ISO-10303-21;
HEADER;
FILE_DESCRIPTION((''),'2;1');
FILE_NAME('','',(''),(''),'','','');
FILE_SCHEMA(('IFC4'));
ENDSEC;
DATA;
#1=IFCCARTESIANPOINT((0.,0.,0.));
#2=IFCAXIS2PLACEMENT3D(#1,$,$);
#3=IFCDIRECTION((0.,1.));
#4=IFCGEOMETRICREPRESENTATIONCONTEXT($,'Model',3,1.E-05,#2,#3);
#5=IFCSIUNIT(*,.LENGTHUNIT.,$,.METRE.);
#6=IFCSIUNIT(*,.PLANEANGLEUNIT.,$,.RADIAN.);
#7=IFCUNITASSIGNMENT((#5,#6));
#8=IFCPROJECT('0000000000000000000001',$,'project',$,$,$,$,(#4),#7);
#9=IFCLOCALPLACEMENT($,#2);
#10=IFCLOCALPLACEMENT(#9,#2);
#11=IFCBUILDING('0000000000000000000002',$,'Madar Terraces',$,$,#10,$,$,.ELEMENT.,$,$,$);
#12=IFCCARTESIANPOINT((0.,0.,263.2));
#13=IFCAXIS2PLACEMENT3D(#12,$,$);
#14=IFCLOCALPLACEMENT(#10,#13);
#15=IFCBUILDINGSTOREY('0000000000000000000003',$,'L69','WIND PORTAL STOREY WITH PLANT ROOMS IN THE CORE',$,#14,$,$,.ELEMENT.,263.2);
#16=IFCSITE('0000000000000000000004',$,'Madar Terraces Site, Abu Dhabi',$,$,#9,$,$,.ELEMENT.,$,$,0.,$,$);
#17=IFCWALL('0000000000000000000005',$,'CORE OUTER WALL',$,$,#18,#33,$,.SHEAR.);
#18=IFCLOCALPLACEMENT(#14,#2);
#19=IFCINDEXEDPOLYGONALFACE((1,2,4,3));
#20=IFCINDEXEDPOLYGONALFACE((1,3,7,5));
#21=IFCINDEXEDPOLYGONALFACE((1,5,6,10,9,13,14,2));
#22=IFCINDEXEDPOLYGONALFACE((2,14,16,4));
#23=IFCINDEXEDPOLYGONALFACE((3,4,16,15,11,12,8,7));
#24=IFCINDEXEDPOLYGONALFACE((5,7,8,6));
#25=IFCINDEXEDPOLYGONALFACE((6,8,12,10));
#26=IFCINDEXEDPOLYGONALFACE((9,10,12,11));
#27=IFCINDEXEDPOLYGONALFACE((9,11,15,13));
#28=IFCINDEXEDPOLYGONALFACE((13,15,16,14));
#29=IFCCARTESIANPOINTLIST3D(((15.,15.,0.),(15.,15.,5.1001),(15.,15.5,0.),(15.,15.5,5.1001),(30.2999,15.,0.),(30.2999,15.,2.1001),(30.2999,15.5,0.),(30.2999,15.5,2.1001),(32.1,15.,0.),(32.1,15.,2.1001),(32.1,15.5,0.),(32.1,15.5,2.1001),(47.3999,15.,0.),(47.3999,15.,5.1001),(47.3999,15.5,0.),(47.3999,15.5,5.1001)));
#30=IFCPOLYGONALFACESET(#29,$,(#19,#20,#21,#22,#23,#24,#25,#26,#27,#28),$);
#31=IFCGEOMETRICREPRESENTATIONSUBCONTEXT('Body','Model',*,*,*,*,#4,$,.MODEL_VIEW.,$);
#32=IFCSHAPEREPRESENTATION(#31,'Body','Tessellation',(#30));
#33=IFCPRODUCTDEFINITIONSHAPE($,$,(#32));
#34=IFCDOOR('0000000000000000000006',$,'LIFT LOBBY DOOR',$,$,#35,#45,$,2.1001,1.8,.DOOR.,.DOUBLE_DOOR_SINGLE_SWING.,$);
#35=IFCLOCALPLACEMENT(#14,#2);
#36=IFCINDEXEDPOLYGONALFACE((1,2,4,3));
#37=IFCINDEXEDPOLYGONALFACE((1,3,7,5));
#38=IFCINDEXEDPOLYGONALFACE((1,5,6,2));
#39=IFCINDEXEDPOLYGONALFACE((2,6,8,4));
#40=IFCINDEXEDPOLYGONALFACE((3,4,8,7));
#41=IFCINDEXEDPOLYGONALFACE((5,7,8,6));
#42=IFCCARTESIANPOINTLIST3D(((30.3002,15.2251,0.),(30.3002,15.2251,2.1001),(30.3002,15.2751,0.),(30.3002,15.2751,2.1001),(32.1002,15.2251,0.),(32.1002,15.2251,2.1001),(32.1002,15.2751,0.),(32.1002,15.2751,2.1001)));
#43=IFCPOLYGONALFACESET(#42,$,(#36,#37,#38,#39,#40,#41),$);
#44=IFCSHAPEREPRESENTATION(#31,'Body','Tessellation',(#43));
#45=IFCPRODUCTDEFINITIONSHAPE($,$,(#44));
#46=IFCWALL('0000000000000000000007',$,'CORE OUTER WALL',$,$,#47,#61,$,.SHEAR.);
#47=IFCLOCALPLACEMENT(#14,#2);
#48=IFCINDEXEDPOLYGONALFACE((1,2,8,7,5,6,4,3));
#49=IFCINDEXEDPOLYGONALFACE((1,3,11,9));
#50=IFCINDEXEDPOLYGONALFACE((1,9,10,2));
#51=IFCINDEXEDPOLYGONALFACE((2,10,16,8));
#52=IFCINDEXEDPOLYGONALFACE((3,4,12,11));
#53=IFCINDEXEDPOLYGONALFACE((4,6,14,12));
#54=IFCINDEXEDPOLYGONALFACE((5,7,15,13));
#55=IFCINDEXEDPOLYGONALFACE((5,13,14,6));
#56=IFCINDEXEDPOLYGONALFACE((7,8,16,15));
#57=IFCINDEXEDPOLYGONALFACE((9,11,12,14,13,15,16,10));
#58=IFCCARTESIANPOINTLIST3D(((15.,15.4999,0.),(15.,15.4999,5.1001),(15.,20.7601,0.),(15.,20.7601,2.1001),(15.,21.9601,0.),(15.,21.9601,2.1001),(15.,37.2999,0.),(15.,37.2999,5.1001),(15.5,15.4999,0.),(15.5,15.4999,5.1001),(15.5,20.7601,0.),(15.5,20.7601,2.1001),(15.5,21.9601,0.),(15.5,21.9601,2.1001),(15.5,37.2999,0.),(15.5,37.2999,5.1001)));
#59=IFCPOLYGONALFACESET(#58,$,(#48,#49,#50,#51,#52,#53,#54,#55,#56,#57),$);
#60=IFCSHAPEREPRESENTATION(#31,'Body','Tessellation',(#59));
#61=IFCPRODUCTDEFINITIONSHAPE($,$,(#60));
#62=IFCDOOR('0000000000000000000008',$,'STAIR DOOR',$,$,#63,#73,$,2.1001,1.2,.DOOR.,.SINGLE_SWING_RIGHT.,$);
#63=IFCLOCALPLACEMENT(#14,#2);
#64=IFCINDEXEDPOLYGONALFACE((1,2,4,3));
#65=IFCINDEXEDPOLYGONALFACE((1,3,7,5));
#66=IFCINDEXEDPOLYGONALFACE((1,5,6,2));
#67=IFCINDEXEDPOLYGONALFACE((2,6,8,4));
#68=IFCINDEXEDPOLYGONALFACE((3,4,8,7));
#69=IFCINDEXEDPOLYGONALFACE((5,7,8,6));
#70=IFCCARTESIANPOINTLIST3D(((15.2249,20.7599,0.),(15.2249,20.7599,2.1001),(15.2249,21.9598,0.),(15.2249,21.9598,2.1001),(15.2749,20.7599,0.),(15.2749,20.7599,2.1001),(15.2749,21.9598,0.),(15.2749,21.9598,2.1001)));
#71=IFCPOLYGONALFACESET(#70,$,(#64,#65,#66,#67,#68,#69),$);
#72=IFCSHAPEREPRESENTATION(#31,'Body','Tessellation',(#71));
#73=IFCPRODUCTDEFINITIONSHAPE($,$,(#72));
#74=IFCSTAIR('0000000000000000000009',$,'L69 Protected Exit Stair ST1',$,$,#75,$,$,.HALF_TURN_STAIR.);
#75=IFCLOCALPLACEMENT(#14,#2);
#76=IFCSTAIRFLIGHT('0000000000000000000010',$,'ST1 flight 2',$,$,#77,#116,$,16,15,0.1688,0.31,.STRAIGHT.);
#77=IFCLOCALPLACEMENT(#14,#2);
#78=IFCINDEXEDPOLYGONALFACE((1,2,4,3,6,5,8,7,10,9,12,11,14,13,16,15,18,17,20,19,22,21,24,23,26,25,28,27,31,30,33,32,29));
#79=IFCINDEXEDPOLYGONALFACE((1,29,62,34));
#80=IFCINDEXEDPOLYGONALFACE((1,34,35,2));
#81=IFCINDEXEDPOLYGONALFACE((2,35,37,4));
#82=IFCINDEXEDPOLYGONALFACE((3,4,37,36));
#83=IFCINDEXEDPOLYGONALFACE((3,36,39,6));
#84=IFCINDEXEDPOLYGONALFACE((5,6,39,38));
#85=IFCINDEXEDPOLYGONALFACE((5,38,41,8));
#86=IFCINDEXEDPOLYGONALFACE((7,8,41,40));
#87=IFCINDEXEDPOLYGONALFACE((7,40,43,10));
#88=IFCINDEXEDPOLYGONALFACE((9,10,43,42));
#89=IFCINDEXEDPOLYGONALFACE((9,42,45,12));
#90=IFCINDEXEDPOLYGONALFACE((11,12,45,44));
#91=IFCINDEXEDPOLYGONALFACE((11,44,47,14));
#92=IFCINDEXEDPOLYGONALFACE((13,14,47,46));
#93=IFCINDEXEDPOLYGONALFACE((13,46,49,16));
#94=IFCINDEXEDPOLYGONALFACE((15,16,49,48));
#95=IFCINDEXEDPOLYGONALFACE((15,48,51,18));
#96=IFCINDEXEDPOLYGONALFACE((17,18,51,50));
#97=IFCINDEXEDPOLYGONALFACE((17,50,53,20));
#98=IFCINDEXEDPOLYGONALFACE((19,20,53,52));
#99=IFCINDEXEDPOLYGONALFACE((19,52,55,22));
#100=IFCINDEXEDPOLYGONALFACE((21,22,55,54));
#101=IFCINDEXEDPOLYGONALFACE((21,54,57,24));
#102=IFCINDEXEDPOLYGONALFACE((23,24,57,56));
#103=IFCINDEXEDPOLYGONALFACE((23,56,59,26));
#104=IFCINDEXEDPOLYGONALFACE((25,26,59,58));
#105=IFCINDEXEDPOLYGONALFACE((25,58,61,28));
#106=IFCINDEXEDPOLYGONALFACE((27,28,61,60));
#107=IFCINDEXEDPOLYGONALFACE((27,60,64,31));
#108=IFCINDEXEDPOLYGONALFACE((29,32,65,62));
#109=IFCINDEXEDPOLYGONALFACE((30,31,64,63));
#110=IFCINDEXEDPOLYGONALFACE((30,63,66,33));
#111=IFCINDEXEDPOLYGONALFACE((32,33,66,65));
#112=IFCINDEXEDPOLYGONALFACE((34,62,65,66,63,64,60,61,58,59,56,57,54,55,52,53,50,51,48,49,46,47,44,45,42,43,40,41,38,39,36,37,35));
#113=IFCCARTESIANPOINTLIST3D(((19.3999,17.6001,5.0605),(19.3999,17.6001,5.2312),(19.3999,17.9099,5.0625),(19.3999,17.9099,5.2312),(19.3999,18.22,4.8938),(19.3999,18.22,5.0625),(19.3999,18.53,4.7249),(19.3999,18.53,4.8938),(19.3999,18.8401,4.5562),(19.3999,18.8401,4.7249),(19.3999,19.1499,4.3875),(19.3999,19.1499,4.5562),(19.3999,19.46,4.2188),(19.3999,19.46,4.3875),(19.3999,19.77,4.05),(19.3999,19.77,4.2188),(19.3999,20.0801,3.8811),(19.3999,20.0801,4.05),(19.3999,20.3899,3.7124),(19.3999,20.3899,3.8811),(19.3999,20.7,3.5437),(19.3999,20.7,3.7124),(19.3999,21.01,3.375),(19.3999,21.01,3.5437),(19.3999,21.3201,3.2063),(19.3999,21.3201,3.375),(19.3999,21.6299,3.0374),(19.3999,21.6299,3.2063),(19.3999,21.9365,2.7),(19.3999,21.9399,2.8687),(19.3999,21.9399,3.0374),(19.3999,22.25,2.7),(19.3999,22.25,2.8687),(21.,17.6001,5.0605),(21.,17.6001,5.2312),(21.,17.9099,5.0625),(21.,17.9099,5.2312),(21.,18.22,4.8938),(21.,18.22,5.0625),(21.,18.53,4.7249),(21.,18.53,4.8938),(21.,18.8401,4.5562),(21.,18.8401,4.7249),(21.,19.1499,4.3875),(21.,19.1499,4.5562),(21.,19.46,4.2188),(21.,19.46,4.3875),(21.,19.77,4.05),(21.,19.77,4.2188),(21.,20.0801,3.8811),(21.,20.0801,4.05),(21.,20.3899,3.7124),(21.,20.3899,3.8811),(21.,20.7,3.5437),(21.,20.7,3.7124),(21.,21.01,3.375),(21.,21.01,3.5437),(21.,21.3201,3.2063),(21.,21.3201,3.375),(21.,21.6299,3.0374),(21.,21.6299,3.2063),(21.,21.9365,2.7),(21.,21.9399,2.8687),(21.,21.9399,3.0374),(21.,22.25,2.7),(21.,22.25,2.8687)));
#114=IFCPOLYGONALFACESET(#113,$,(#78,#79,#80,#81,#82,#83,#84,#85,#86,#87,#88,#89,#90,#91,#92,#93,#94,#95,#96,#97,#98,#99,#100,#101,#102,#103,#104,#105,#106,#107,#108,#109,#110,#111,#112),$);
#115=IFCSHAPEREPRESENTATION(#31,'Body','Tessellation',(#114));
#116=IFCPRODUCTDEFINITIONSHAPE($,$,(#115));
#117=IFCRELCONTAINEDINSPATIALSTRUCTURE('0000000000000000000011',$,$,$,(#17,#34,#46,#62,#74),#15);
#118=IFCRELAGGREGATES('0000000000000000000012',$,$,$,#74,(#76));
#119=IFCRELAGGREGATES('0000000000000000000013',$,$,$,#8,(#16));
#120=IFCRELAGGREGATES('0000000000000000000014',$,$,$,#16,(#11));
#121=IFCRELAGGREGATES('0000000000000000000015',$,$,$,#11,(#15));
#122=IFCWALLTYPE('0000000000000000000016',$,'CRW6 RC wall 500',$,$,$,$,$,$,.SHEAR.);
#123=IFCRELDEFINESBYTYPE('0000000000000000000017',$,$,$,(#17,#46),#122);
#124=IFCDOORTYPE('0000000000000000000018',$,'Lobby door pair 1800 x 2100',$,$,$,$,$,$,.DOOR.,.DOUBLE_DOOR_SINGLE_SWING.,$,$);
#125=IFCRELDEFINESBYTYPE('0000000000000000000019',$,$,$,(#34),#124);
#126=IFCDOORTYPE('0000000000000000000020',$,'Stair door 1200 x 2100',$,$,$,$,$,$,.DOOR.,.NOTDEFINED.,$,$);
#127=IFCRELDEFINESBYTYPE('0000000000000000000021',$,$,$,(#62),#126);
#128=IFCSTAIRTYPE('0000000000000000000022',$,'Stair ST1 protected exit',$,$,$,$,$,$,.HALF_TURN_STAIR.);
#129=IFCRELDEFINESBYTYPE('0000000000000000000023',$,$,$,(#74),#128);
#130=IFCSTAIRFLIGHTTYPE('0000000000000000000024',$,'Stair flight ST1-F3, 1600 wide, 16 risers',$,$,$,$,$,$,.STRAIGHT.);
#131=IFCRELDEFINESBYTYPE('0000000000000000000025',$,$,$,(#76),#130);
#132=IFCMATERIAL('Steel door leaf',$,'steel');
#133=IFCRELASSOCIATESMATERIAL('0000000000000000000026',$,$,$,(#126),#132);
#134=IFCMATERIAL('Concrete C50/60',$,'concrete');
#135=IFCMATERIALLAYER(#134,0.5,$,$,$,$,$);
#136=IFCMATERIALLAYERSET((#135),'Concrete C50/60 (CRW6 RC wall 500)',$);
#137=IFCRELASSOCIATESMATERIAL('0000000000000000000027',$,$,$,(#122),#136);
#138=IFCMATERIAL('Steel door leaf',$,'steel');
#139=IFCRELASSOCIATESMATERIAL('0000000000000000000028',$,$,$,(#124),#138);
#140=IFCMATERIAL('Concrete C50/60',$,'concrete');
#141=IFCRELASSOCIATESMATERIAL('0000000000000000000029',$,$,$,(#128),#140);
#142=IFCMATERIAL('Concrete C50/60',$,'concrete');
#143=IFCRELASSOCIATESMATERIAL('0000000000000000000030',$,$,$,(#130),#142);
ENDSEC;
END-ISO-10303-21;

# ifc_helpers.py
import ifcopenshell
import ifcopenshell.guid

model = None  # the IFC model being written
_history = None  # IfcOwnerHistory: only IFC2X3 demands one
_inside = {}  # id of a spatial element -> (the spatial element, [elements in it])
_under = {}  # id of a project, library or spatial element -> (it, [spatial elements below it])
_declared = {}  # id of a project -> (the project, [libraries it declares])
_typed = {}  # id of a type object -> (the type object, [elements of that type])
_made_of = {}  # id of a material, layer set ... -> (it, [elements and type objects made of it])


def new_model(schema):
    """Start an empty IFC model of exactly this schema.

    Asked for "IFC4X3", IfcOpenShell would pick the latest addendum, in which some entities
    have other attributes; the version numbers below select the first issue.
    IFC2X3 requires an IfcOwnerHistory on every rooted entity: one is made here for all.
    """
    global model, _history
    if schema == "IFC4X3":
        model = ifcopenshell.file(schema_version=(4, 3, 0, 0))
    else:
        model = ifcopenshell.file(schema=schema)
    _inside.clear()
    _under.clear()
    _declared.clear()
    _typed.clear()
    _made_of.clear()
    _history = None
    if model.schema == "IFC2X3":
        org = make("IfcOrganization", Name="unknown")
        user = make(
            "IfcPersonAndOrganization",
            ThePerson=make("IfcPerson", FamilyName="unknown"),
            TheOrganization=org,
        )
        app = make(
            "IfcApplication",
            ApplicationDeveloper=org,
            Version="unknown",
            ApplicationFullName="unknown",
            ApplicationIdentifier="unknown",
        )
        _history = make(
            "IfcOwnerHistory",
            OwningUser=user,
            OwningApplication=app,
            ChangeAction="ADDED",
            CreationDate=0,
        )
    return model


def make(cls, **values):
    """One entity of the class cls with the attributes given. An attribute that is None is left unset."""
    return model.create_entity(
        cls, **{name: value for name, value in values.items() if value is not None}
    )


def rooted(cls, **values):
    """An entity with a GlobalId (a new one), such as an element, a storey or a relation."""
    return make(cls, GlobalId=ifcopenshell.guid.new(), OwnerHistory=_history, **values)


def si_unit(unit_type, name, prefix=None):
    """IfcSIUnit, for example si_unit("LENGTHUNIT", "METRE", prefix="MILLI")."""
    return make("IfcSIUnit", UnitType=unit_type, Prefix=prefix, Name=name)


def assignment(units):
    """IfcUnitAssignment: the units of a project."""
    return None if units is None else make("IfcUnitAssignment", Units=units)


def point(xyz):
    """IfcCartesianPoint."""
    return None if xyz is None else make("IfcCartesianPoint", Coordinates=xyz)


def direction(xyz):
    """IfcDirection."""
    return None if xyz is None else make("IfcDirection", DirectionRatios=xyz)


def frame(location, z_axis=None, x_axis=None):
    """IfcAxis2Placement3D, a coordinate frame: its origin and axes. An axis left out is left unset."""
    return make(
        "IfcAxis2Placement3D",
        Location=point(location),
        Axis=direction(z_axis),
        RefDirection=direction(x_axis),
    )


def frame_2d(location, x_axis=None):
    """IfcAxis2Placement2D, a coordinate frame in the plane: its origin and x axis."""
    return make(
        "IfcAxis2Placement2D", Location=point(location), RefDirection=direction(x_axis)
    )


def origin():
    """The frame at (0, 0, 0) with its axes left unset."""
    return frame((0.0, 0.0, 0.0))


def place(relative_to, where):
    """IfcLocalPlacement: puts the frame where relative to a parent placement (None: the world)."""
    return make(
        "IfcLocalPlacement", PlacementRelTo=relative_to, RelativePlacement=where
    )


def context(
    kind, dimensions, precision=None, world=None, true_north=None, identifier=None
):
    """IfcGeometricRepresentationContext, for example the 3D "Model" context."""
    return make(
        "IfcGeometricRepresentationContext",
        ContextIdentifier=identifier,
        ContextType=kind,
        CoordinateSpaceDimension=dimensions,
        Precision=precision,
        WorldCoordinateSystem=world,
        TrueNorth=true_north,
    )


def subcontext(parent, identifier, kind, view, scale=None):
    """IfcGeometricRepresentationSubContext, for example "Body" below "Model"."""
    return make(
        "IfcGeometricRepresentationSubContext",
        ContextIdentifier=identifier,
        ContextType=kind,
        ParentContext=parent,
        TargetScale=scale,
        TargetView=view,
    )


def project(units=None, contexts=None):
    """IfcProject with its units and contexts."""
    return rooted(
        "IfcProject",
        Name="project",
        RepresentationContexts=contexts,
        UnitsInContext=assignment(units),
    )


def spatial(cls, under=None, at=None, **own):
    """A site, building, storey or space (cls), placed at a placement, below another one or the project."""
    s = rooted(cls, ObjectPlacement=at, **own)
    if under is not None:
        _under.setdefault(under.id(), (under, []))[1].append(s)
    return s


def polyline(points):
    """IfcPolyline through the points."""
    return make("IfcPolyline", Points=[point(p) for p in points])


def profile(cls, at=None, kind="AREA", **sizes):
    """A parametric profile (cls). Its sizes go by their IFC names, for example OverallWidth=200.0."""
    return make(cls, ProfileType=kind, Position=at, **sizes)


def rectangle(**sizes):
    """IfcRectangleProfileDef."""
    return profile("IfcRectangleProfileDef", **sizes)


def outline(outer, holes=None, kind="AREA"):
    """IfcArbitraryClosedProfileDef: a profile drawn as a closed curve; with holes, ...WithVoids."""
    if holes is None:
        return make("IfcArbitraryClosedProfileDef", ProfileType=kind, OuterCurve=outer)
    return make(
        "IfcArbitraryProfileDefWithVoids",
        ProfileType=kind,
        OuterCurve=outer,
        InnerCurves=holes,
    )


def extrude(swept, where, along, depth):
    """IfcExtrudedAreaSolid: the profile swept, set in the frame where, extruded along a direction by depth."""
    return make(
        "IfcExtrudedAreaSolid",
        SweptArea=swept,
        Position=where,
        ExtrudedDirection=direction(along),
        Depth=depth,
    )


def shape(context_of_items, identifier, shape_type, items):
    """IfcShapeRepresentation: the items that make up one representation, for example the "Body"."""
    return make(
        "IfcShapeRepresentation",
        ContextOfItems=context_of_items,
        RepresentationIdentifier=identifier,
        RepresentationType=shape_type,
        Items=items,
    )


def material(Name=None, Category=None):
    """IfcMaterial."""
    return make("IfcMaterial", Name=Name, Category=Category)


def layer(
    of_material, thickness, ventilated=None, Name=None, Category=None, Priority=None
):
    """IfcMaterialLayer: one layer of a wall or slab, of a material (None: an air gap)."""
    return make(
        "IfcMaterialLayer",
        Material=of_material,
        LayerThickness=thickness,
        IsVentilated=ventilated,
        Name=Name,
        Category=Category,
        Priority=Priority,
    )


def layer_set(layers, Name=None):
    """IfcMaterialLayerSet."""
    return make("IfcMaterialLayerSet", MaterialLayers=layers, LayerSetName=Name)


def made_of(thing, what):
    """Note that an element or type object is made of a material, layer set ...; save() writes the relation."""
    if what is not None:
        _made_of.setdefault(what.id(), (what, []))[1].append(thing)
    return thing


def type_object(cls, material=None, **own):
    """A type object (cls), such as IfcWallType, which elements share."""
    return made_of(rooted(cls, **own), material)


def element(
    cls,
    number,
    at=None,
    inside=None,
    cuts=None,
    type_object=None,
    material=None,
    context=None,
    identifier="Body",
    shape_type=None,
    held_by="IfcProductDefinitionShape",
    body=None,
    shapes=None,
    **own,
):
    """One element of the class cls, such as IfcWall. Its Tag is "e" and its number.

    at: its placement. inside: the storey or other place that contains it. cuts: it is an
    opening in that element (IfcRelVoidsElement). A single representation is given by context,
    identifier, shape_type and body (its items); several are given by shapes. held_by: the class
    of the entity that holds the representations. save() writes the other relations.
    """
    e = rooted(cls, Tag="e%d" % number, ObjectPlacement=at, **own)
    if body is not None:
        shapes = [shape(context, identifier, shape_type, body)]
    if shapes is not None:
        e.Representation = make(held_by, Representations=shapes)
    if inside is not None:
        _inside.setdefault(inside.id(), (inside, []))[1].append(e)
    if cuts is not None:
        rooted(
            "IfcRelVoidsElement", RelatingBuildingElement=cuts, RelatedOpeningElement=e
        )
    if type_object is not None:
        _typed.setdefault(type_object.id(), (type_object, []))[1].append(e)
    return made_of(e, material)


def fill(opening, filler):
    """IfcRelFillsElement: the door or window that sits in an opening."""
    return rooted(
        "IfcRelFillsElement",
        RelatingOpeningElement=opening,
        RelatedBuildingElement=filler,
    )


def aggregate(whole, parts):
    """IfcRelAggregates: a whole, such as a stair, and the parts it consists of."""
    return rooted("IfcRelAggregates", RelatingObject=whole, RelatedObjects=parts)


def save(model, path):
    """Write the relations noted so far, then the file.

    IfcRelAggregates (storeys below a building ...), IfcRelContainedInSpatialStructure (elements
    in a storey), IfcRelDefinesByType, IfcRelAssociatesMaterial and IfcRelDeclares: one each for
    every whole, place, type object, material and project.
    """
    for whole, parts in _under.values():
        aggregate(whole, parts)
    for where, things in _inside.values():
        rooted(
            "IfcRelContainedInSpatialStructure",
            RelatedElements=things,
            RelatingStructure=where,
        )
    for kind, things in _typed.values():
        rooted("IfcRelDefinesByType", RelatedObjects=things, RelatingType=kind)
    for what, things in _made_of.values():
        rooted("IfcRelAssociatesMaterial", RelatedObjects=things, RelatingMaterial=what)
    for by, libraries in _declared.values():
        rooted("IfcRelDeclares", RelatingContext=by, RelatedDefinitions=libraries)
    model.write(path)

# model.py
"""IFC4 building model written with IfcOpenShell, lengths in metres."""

from ifc_helpers import new_model, si_unit, direction, frame, frame_2d, origin, place, context, subcontext, project, spatial, polyline, rectangle, outline, extrude, material, layer, layer_set, type_object, element, fill, aggregate, save


model = new_model("IFC4")

# Units and contexts
model_context = context("Model", 3, precision=1e-05, world=origin(), true_north=direction((0.0, 1.0)))
body_context = subcontext(model_context, "Body", "Model", "MODEL_VIEW")
ifc_project = project(units=[si_unit("LENGTHUNIT", "METRE"), si_unit("PLANEANGLEUNIT", "RADIAN")], contexts=[model_context])

# Site, building, storey
site_placement = place(None, origin())
site = spatial("IfcSite", under=ifc_project, at=site_placement, Name="Madar Terraces Site, Abu Dhabi", CompositionType="ELEMENT", RefElevation=0.0)
building_placement = place(site_placement, origin())
building = spatial("IfcBuilding", under=site, at=building_placement, Name="Madar Terraces", CompositionType="ELEMENT")
storey_placement = place(building_placement, frame((0.0, 0.0, 263.2)))
storey = spatial("IfcBuildingStorey", under=building, at=storey_placement, Name="L69", Description="WIND PORTAL STOREY WITH PLANT ROOMS IN THE CORE", CompositionType="ELEMENT", Elevation=263.2)

# Shared definitions
ifc_material_1 = material(Name="Steel door leaf", Category="steel")
door_type_1 = type_object("IfcDoorType", Name="Stair door 1200 x 2100", OperationType="NOTDEFINED", PredefinedType="DOOR", material=ifc_material_1)

# Walls, openings, doors
ifc_material_2 = material(Name="Concrete C50/60", Category="concrete")
ifc_layer_1 = layer(ifc_material_2, 0.5)
ifc_layer_set_1 = layer_set([ifc_layer_1], Name="Concrete C50/60 (CRW6 RC wall 500)")
wall_type_1 = type_object("IfcWallType", Name="CRW6 RC wall 500", PredefinedType="SHEAR", material=ifc_layer_set_1)
wall_1_placement = place(storey_placement, frame((15.0, 15.25, 0.0), z_axis=(0.0, 0.0, 1.0), x_axis=(1.0, 0.0, 0.0)))
wall_1 = element("IfcWall", 1, at=wall_1_placement, inside=storey, type_object=wall_type_1, Name="CORE OUTER WALL", PredefinedType="SHEAR", context=body_context, shape_type="SweptSolid", body=[
    extrude(rectangle(XDim=32.3999, YDim=0.5, at=frame_2d((16.2, 0.0))), origin(), (0.0, 0.0, 1.0), 5.1001),
])
opening_1_placement = place(wall_1_placement, frame((15.3, 0.0, 0.0)))
opening_1 = element("IfcOpeningElement", 2, at=opening_1_placement, cuts=wall_1, PredefinedType="OPENING", context=body_context, shape_type="SweptSolid", body=[
    extrude(rectangle(XDim=1.8, YDim=2.1001, at=frame_2d((0.8999, 1.05))), frame((0.0, 0.26, 0.0), z_axis=(0.0, -1.0, 0.0), x_axis=(1.0, 0.0, 0.0)), (0.0, 0.0, 1.0), 0.52),
])
ifc_material_3 = material(Name="Steel door leaf", Category="steel")
door_type_2 = type_object("IfcDoorType", Name="Lobby door pair 1800 x 2100", OperationType="DOUBLE_DOOR_SINGLE_SWING", PredefinedType="DOOR", material=ifc_material_3)
door_1_placement = place(opening_1_placement, frame((1.8, 0.0, 0.0), z_axis=(0.0, 0.0, 1.0), x_axis=(-1.0, 0.0, 0.0)))
door_1 = element("IfcDoor", 3, at=door_1_placement, inside=storey, type_object=door_type_2, Name="LIFT LOBBY DOOR", OperationType="DOUBLE_DOOR_SINGLE_SWING", OverallHeight=2.1001, OverallWidth=1.8, PredefinedType="DOOR", context=body_context, shape_type="SweptSolid", body=[
    extrude(rectangle(XDim=1.8, YDim=2.1001, at=frame_2d((0.8999, 1.05))), frame((0.0, 0.0249, 0.0), z_axis=(0.0, -1.0, 0.0), x_axis=(1.0, 0.0, 0.0)), (0.0, 0.0, 1.0), 0.05),
])
fill(opening_1, door_1)
wall_2_placement = place(storey_placement, frame((15.25, 15.5, 0.0), z_axis=(0.0, 0.0, 1.0), x_axis=(0.0, 1.0, 0.0)))
wall_2 = element("IfcWall", 4, at=wall_2_placement, inside=storey, type_object=wall_type_1, Name="CORE OUTER WALL", PredefinedType="SHEAR", context=body_context, shape_type="SweptSolid", body=[
    extrude(rectangle(XDim=21.8, YDim=0.5, at=frame_2d((10.8999, 0.0))), origin(), (0.0, 0.0, 1.0), 5.1001),
])
opening_2_placement = place(wall_2_placement, frame((5.26, 0.0, 0.0)))
opening_2 = element("IfcOpeningElement", 5, at=opening_2_placement, cuts=wall_2, PredefinedType="OPENING", context=body_context, shape_type="SweptSolid", body=[
    extrude(rectangle(XDim=1.2, YDim=2.1001, at=frame_2d((0.6001, 1.05))), frame((0.0, 0.26, 0.0), z_axis=(0.0, -1.0, 0.0), x_axis=(1.0, 0.0, 0.0)), (0.0, 0.0, 1.0), 0.52),
])
door_2_placement = place(opening_2_placement, frame((1.2, 0.0, 0.0), z_axis=(0.0, 0.0, 1.0), x_axis=(-1.0, 0.0, 0.0)))
door_2 = element("IfcDoor", 6, at=door_2_placement, inside=storey, type_object=door_type_1, Name="STAIR DOOR", OperationType="SINGLE_SWING_RIGHT", OverallHeight=2.1001, OverallWidth=1.2, PredefinedType="DOOR", context=body_context, shape_type="SweptSolid", body=[
    extrude(rectangle(XDim=1.2, YDim=2.1001, at=frame_2d((0.6001, 1.05))), frame((0.0, 0.0249, 0.0), z_axis=(0.0, -1.0, 0.0), x_axis=(1.0, 0.0, 0.0)), (0.0, 0.0, 1.0), 0.05),
])
fill(opening_2, door_2)

# Stair, stair flight
ifc_material_4 = material(Name="Concrete C50/60", Category="concrete")
stair_type = type_object("IfcStairType", Name="Stair ST1 protected exit", PredefinedType="HALF_TURN_STAIR", material=ifc_material_4)
stair_placement = place(storey_placement, origin())
stair = element("IfcStair", 7, at=stair_placement, inside=storey, type_object=stair_type, Name="L69 Protected Exit Stair ST1", PredefinedType="HALF_TURN_STAIR")
ifc_material_5 = material(Name="Concrete C50/60", Category="concrete")
stair_flight_type = type_object("IfcStairFlightType", Name="Stair flight ST1-F3, 1600 wide, 16 risers", PredefinedType="STRAIGHT", material=ifc_material_5)
stair_flight_placement = place(storey_placement, frame((20.2, 22.25, 2.7), z_axis=(0.0, 0.0, 1.0), x_axis=(0.0, -1.0, 0.0)))
stair_flight = element("IfcStairFlight", 8, at=stair_flight_placement, type_object=stair_flight_type, Name="ST1 flight 2", NumberOfRisers=16, NumberOfTreads=15, PredefinedType="STRAIGHT", RiserHeight=0.1688, TreadLength=0.31, context=body_context, shape_type="SweptSolid", body=[
    extrude(outline(polyline([(0.0, 0.0), (0.0, 0.1687), (0.3101, 0.1687), (0.3101, 0.3374), (0.6201, 0.3374), (0.6201, 0.5063), (0.9299, 0.5063), (0.9299, 0.675), (1.24, 0.675), (1.24, 0.8438), (1.55, 0.8438), (1.55, 1.0125), (1.8601, 1.0125), (1.8601, 1.1812), (2.1699, 1.1812), (2.1699, 1.3501), (2.48, 1.3501), (2.48, 1.5188), (2.79, 1.5188), (2.79, 1.6875), (3.1001, 1.6875), (3.1001, 1.8562), (3.4099, 1.8562), (3.4099, 2.0249), (3.72, 2.0249), (3.72, 2.1938), (4.03, 2.1938), (4.03, 2.3625), (4.3401, 2.3625), (4.3401, 2.5312), (4.6499, 2.5312), (4.6499, 2.7), (4.6499, 2.3606), (0.3135, 0.0), (0.0, 0.0)])), frame((0.0, 0.8, 0.0), z_axis=(0.0, -1.0, 0.0), x_axis=(1.0, 0.0, 0.0)), (0.0, 0.0, 1.0), 1.6001),
])
aggregate(stair, [stair_flight])

save(model, "model.ifc")
